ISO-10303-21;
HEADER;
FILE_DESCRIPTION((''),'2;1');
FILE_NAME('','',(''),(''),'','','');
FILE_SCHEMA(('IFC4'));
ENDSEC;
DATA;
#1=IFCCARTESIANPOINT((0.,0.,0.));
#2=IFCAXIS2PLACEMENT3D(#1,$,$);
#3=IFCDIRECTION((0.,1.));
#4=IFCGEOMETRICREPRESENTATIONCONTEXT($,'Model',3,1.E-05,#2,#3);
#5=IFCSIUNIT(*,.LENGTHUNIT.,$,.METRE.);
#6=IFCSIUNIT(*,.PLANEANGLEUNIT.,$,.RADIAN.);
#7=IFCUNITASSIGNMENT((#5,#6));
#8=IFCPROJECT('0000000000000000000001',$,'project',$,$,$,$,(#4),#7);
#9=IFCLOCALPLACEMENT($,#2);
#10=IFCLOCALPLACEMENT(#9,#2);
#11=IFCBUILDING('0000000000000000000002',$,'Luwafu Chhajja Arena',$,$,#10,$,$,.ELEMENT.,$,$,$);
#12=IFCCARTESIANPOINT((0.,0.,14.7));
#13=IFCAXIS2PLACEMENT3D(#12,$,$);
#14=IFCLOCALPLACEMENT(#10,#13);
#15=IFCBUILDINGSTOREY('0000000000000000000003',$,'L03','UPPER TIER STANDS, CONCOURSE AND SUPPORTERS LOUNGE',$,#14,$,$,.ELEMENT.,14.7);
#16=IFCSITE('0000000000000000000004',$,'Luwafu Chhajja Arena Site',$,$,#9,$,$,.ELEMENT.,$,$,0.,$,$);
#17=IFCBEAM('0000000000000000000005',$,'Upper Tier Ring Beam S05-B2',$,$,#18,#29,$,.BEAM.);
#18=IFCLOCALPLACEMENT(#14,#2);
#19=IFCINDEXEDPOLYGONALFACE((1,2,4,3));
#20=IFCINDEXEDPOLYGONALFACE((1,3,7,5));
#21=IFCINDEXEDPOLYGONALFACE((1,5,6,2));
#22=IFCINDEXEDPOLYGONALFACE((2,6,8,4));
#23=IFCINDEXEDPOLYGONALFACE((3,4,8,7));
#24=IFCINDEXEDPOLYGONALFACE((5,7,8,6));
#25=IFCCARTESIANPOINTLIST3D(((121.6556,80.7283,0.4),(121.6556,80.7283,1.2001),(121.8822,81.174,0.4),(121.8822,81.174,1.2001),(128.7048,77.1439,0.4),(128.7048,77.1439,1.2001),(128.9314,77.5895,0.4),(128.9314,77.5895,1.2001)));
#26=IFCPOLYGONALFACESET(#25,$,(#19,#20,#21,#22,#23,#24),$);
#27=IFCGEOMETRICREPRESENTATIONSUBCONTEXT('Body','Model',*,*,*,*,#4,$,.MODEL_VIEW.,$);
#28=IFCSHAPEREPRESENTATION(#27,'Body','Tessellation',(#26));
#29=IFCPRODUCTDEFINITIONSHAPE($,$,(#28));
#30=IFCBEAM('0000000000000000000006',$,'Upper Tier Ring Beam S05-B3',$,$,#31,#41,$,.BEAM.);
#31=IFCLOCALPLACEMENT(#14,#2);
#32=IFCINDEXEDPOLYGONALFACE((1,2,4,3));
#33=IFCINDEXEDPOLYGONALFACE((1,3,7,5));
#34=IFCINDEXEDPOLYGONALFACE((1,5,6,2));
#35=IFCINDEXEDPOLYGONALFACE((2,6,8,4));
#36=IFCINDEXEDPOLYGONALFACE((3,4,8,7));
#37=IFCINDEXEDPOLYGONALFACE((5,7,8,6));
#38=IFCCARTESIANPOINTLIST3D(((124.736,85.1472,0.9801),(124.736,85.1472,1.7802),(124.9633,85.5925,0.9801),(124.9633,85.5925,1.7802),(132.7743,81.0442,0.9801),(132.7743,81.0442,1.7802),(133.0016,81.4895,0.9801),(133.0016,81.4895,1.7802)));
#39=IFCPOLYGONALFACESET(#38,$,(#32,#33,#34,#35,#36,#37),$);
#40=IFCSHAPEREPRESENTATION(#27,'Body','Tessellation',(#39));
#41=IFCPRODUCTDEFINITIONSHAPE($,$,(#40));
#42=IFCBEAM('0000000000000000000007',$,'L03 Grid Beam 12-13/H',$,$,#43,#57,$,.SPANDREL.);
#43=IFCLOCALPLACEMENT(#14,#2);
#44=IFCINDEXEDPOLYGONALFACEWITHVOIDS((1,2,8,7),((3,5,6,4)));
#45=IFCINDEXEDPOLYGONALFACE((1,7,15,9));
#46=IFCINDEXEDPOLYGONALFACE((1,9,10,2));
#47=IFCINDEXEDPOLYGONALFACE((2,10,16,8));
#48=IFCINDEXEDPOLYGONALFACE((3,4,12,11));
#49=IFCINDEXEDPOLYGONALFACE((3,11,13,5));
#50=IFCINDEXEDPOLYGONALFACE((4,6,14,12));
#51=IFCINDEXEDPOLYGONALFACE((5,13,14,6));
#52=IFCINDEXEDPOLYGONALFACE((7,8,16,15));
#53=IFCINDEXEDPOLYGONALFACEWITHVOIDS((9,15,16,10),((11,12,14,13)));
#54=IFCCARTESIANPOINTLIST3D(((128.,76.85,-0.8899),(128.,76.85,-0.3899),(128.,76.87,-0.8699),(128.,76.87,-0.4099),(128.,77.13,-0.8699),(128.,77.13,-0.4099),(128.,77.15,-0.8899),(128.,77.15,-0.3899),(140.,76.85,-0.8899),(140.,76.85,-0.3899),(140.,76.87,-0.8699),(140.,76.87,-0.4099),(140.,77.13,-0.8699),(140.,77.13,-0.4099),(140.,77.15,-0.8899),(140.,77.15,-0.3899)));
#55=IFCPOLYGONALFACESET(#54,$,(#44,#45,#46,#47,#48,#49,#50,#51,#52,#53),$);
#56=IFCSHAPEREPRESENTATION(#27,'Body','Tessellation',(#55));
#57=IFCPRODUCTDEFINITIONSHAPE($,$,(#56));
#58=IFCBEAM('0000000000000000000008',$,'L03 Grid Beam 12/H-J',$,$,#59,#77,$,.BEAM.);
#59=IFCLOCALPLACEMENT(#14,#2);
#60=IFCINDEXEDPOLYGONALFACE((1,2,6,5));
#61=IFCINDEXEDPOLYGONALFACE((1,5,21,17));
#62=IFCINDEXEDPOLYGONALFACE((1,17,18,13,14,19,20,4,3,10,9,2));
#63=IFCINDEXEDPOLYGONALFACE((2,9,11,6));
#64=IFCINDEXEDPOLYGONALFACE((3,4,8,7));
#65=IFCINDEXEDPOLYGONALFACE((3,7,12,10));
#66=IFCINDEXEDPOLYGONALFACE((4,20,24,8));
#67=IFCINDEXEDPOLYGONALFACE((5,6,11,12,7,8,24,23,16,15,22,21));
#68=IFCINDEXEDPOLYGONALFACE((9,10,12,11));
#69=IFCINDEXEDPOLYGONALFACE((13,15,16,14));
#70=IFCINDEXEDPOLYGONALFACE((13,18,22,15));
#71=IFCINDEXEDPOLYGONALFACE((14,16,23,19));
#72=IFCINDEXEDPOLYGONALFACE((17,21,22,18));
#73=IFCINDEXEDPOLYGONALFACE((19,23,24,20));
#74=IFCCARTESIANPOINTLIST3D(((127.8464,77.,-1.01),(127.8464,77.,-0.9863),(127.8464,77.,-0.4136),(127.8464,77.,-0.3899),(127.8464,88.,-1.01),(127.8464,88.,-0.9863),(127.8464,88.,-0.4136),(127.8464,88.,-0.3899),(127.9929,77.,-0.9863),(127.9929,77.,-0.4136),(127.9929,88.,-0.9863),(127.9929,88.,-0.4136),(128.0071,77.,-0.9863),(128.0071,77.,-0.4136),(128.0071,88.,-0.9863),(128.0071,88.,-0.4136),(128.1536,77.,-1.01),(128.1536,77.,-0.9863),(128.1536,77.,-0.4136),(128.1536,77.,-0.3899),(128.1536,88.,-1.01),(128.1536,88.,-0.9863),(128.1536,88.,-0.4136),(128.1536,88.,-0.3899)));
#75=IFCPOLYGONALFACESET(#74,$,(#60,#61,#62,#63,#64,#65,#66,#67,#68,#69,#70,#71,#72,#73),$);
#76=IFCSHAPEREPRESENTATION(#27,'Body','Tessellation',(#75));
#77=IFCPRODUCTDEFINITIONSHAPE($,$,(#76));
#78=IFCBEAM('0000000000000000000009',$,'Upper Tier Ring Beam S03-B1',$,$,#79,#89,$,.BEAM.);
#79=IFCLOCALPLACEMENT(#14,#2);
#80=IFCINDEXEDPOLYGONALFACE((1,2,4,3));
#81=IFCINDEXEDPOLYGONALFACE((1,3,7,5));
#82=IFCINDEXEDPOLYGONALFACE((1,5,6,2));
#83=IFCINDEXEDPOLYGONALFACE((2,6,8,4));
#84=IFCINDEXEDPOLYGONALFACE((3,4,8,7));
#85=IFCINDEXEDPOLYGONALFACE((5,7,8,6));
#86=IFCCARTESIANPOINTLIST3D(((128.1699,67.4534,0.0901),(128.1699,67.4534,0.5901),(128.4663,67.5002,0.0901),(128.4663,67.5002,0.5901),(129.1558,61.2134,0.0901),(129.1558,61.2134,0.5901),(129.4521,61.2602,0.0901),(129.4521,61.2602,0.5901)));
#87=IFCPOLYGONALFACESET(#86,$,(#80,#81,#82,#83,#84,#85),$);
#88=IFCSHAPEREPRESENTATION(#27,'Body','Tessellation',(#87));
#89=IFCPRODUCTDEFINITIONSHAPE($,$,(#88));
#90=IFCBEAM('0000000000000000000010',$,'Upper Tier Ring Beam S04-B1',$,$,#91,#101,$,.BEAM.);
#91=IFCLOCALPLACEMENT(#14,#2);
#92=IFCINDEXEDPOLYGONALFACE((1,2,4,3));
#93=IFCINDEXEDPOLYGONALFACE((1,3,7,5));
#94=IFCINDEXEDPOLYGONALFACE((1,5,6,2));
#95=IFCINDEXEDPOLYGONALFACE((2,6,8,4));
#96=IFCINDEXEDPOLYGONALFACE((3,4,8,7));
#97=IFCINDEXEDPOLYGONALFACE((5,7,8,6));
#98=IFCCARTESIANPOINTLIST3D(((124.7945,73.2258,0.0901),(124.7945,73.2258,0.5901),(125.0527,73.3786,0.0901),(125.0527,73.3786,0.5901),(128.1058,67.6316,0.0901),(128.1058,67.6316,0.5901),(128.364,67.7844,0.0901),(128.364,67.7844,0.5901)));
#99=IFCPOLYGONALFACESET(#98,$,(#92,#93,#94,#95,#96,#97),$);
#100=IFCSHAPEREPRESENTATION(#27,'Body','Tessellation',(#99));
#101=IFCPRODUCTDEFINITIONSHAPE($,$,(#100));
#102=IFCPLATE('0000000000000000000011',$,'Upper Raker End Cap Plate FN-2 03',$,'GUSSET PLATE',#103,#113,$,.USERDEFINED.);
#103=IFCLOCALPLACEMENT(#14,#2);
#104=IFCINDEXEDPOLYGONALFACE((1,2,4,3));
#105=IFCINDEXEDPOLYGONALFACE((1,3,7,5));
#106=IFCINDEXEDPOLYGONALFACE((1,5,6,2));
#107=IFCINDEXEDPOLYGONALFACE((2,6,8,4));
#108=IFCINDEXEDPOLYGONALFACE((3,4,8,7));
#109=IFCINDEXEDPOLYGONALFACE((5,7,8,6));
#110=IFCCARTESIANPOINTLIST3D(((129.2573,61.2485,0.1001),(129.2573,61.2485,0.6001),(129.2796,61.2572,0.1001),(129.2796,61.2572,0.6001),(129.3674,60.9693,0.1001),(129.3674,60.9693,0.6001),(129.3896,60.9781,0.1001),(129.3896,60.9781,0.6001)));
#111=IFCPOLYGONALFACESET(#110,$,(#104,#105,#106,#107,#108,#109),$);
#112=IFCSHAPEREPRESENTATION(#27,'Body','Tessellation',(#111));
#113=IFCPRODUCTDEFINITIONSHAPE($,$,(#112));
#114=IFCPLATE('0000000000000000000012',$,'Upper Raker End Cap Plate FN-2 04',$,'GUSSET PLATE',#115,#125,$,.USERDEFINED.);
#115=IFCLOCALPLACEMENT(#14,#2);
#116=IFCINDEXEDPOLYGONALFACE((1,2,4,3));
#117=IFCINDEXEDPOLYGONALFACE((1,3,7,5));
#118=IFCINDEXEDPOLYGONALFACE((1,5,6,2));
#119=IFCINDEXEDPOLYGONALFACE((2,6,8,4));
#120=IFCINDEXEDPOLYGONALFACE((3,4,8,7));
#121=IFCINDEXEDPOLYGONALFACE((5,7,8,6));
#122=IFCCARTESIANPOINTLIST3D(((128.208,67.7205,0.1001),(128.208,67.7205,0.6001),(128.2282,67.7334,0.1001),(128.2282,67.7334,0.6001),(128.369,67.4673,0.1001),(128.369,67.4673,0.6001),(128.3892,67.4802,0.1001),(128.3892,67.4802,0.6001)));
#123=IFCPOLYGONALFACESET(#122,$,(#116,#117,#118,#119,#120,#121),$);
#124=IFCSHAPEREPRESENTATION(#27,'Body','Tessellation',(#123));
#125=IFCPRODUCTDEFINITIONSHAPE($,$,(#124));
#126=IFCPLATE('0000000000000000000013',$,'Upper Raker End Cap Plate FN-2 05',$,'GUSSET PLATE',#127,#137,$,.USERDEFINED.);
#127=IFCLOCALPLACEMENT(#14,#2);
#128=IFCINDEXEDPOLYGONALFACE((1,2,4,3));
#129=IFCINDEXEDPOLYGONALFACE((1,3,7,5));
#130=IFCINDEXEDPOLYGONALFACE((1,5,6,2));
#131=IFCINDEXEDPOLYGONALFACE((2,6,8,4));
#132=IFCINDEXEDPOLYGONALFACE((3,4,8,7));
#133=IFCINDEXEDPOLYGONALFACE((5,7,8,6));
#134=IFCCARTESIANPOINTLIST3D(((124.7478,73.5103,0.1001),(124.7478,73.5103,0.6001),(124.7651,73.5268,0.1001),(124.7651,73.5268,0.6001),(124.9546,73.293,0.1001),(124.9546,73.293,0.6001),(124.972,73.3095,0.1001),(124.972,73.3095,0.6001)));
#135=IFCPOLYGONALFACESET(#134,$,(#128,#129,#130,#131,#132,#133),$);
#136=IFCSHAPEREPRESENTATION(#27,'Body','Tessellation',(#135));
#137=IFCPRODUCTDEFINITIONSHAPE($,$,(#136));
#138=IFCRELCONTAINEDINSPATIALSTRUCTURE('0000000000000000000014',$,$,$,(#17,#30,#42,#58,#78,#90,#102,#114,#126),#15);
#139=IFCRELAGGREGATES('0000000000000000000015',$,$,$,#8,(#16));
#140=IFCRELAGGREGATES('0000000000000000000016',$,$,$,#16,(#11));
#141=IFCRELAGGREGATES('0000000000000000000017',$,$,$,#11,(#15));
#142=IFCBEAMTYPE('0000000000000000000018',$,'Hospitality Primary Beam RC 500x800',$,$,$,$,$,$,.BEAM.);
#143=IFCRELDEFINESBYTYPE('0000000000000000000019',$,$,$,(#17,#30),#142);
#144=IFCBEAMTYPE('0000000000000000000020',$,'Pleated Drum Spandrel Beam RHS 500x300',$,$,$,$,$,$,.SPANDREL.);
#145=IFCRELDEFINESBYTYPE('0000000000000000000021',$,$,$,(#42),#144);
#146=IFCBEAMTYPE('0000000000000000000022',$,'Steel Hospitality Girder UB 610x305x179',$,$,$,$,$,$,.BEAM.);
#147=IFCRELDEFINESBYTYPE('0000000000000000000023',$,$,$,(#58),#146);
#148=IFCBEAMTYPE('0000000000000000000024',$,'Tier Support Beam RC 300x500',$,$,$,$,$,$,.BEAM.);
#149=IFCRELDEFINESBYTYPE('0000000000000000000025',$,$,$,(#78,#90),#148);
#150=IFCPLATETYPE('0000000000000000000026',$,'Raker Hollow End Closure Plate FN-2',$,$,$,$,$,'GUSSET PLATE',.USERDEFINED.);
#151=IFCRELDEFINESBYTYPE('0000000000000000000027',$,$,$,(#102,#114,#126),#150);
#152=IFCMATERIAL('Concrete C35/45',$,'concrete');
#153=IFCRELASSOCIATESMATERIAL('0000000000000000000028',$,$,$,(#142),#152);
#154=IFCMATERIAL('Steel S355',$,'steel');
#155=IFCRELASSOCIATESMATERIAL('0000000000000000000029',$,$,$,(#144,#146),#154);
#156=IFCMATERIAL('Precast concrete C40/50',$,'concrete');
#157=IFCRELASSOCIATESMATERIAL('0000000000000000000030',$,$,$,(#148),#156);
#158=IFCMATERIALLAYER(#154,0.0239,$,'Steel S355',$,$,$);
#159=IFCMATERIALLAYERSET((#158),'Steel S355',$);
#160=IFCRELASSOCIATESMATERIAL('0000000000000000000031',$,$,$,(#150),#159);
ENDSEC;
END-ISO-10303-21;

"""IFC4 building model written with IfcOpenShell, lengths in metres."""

from ifc_helpers import new_model, si_unit, direction, frame, origin, origin_2d, place, context, subcontext, project, spatial, rectangle, hollow_rectangle, i_section, extrude, material, layer, layer_set, material_profile, profile_set, type_object, element, save


model = new_model("IFC4")

# Units and contexts
model_context = context("Model", 3, precision=1e-05, world=origin(), true_north=direction((0.0, 1.0)))
body_context = subcontext(model_context, "Body", "Model", "MODEL_VIEW")
ifc_project = project(units=[si_unit("LENGTHUNIT", "METRE"), si_unit("PLANEANGLEUNIT", "RADIAN")], contexts=[model_context])

# Site, building, storey
site_placement = place(None, origin())
site = spatial("IfcSite", under=ifc_project, at=site_placement, Name="Luwafu Chhajja Arena Site", CompositionType="ELEMENT", RefElevation=0.0)
building_placement = place(site_placement, origin())
building = spatial("IfcBuilding", under=site, at=building_placement, Name="Luwafu Chhajja Arena", CompositionType="ELEMENT")
storey_placement = place(building_placement, frame((0.0, 0.0, 14.7)))
storey = spatial("IfcBuildingStorey", under=building, at=storey_placement, Name="L03", Description="UPPER TIER STANDS, CONCOURSE AND SUPPORTERS LOUNGE", CompositionType="ELEMENT", Elevation=14.7)

# Shared definitions
ifc_material_1 = material(Name="Steel S355", Category="steel")

# Beams
ifc_material_2 = material(Name="Concrete C35/45", Category="concrete")
ifc_material_profile_1 = material_profile(ifc_material_2, rectangle(XDim=0.5, YDim=0.8, at=origin_2d()), Name="RC 500x800")
ifc_profile_set_1 = profile_set([ifc_material_profile_1], Name="Concrete C35/45")
beam_type_1 = type_object("IfcBeamType", Name="Hospitality Primary Beam RC 500x800", PredefinedType="BEAM", material=ifc_profile_set_1)
beam_1_placement = place(storey_placement, frame((128.8181, 77.3667, 0.8), z_axis=(-0.891381, 0.453254, 0.0), x_axis=(-0.453254, -0.891381, 0.0)))
element("IfcBeam", 1, at=beam_1_placement, inside=storey, type_object=beam_type_1, Name="Upper Tier Ring Beam S05-B2", PredefinedType="BEAM", context=body_context, shape_type="SweptSolid", body=[
    extrude(rectangle(XDim=0.5, YDim=0.8, at=origin_2d()), origin(), (0.0, 0.0, 1.0), 7.9082),
])
beam_2_placement = place(storey_placement, frame((132.8879, 81.2668, 1.3801), z_axis=(-0.890679, 0.454632, 0.0), x_axis=(-0.454632, -0.890679, 0.0)))
element("IfcBeam", 2, at=beam_2_placement, inside=storey, type_object=beam_type_1, Name="Upper Tier Ring Beam S05-B3", PredefinedType="BEAM", context=body_context, shape_type="SweptSolid", body=[
    extrude(rectangle(XDim=0.5, YDim=0.8, at=origin_2d()), origin(), (0.0, 0.0, 1.0), 9.0249),
])
ifc_material_profile_2 = material_profile(ifc_material_1, hollow_rectangle(XDim=0.3, YDim=0.5, WallThickness=0.02, at=origin_2d()), Name="RHS 500x300x20")
ifc_profile_set_2 = profile_set([ifc_material_profile_2], Name="Steel S355")
beam_type_2 = type_object("IfcBeamType", Name="Pleated Drum Spandrel Beam RHS 500x300", PredefinedType="SPANDREL", material=ifc_profile_set_2)
beam_3_placement = place(storey_placement, frame((128.0, 77.0, -0.6399), z_axis=(1.0, 0.0, 0.0), x_axis=(0.0, 1.0, 0.0)))
element("IfcBeam", 3, at=beam_3_placement, inside=storey, type_object=beam_type_2, Name="L03 Grid Beam 12-13/H", PredefinedType="SPANDREL", context=body_context, shape_type="SweptSolid", body=[
    extrude(hollow_rectangle(XDim=0.3, YDim=0.5, WallThickness=0.02, at=origin_2d()), origin(), (0.0, 0.0, 1.0), 12.0),
])
ifc_material_profile_3 = material_profile(ifc_material_1, i_section(OverallWidth=0.3071, OverallDepth=0.6201, WebThickness=0.0142, FlangeThickness=0.0237, at=origin_2d()), Name="UB 610x305x179")
ifc_profile_set_3 = profile_set([ifc_material_profile_3], Name="Steel S355")
beam_type_3 = type_object("IfcBeamType", Name="Steel Hospitality Girder UB 610x305x179", PredefinedType="BEAM", material=ifc_profile_set_3)
beam_4_placement = place(storey_placement, frame((128.0, 77.0, -0.7), z_axis=(0.0, 1.0, 0.0), x_axis=(-1.0, 0.0, 0.0)))
element("IfcBeam", 4, at=beam_4_placement, inside=storey, type_object=beam_type_3, Name="L03 Grid Beam 12/H-J", PredefinedType="BEAM", context=body_context, shape_type="SweptSolid", body=[
    extrude(i_section(OverallWidth=0.3071, OverallDepth=0.6201, WebThickness=0.0142, FlangeThickness=0.0237, at=origin_2d()), origin(), (0.0, 0.0, 1.0), 11.0),
])
ifc_material_3 = material(Name="Precast concrete C40/50", Category="concrete")
ifc_material_profile_4 = material_profile(ifc_material_3, rectangle(XDim=0.3, YDim=0.5, at=origin_2d()), Name="RC 300x500")
ifc_profile_set_4 = profile_set([ifc_material_profile_4], Name="Precast concrete C40/50")
beam_type_4 = type_object("IfcBeamType", Name="Tier Support Beam RC 300x500", PredefinedType="BEAM", material=ifc_profile_set_4)
beam_5_placement = place(storey_placement, frame((129.304, 61.2368, 0.3401), z_axis=(-0.156052, 0.987749, 0.0), x_axis=(-0.987749, -0.156052, 0.0)))
element("IfcBeam", 5, at=beam_5_placement, inside=storey, type_object=beam_type_4, Name="Upper Tier Ring Beam S03-B1", PredefinedType="BEAM", context=body_context, shape_type="SweptSolid", body=[
    extrude(rectangle(XDim=0.3, YDim=0.5, at=origin_2d()), origin(), (0.0, 0.0, 1.0), 6.3174),
])
beam_6_placement = place(storey_placement, frame((128.2349, 67.708, 0.3401), z_axis=(-0.509367, 0.860549, 0.0), x_axis=(-0.860549, -0.509367, 0.0)))
element("IfcBeam", 6, at=beam_6_placement, inside=storey, type_object=beam_type_4, Name="Upper Tier Ring Beam S04-B1", PredefinedType="BEAM", context=body_context, shape_type="SweptSolid", body=[
    extrude(rectangle(XDim=0.3, YDim=0.5, at=origin_2d()), origin(), (0.0, 0.0, 1.0), 6.5007),
])

# Plates
ifc_layer = layer(ifc_material_1, 0.0239, Name="Steel S355")
ifc_layer_set = layer_set([ifc_layer], Name="Steel S355")
plate_type = type_object("IfcPlateType", Name="Raker Hollow End Closure Plate FN-2", ElementType="GUSSET PLATE", PredefinedType="USERDEFINED", material=ifc_layer_set)
for number, where, z_axis, x_axis, name in (
    (7, (129.3235, 61.1133, 0.1001), (0.0, 0.0, 1.0), (0.930319, 0.366752, 0.0), "Upper Raker End Cap Plate FN-2 03"),
    (8, (128.2986, 67.6003, 0.1001), (0.0, 0.0, 1.0), (0.843828, 0.536613, 0.0), "Upper Raker End Cap Plate FN-2 04"),
    (9, (124.8599, 73.4099, 0.1001), (0.0, 0.0, 1.0), (0.724375, 0.689406, 0.0), "Upper Raker End Cap Plate FN-2 05"),
):
    element("IfcPlate", number, at=place(storey_placement, frame(where, z_axis=z_axis, x_axis=x_axis)), inside=storey, type_object=plate_type, Name=name, ObjectType="GUSSET PLATE", PredefinedType="USERDEFINED", context=body_context, shape_type="SweptSolid", body=[
        extrude(rectangle(XDim=0.0239, YDim=0.3, at=origin_2d()), origin(), (0.0, 0.0, 1.0), 0.5),
    ])

save(model, "model.ifc")
